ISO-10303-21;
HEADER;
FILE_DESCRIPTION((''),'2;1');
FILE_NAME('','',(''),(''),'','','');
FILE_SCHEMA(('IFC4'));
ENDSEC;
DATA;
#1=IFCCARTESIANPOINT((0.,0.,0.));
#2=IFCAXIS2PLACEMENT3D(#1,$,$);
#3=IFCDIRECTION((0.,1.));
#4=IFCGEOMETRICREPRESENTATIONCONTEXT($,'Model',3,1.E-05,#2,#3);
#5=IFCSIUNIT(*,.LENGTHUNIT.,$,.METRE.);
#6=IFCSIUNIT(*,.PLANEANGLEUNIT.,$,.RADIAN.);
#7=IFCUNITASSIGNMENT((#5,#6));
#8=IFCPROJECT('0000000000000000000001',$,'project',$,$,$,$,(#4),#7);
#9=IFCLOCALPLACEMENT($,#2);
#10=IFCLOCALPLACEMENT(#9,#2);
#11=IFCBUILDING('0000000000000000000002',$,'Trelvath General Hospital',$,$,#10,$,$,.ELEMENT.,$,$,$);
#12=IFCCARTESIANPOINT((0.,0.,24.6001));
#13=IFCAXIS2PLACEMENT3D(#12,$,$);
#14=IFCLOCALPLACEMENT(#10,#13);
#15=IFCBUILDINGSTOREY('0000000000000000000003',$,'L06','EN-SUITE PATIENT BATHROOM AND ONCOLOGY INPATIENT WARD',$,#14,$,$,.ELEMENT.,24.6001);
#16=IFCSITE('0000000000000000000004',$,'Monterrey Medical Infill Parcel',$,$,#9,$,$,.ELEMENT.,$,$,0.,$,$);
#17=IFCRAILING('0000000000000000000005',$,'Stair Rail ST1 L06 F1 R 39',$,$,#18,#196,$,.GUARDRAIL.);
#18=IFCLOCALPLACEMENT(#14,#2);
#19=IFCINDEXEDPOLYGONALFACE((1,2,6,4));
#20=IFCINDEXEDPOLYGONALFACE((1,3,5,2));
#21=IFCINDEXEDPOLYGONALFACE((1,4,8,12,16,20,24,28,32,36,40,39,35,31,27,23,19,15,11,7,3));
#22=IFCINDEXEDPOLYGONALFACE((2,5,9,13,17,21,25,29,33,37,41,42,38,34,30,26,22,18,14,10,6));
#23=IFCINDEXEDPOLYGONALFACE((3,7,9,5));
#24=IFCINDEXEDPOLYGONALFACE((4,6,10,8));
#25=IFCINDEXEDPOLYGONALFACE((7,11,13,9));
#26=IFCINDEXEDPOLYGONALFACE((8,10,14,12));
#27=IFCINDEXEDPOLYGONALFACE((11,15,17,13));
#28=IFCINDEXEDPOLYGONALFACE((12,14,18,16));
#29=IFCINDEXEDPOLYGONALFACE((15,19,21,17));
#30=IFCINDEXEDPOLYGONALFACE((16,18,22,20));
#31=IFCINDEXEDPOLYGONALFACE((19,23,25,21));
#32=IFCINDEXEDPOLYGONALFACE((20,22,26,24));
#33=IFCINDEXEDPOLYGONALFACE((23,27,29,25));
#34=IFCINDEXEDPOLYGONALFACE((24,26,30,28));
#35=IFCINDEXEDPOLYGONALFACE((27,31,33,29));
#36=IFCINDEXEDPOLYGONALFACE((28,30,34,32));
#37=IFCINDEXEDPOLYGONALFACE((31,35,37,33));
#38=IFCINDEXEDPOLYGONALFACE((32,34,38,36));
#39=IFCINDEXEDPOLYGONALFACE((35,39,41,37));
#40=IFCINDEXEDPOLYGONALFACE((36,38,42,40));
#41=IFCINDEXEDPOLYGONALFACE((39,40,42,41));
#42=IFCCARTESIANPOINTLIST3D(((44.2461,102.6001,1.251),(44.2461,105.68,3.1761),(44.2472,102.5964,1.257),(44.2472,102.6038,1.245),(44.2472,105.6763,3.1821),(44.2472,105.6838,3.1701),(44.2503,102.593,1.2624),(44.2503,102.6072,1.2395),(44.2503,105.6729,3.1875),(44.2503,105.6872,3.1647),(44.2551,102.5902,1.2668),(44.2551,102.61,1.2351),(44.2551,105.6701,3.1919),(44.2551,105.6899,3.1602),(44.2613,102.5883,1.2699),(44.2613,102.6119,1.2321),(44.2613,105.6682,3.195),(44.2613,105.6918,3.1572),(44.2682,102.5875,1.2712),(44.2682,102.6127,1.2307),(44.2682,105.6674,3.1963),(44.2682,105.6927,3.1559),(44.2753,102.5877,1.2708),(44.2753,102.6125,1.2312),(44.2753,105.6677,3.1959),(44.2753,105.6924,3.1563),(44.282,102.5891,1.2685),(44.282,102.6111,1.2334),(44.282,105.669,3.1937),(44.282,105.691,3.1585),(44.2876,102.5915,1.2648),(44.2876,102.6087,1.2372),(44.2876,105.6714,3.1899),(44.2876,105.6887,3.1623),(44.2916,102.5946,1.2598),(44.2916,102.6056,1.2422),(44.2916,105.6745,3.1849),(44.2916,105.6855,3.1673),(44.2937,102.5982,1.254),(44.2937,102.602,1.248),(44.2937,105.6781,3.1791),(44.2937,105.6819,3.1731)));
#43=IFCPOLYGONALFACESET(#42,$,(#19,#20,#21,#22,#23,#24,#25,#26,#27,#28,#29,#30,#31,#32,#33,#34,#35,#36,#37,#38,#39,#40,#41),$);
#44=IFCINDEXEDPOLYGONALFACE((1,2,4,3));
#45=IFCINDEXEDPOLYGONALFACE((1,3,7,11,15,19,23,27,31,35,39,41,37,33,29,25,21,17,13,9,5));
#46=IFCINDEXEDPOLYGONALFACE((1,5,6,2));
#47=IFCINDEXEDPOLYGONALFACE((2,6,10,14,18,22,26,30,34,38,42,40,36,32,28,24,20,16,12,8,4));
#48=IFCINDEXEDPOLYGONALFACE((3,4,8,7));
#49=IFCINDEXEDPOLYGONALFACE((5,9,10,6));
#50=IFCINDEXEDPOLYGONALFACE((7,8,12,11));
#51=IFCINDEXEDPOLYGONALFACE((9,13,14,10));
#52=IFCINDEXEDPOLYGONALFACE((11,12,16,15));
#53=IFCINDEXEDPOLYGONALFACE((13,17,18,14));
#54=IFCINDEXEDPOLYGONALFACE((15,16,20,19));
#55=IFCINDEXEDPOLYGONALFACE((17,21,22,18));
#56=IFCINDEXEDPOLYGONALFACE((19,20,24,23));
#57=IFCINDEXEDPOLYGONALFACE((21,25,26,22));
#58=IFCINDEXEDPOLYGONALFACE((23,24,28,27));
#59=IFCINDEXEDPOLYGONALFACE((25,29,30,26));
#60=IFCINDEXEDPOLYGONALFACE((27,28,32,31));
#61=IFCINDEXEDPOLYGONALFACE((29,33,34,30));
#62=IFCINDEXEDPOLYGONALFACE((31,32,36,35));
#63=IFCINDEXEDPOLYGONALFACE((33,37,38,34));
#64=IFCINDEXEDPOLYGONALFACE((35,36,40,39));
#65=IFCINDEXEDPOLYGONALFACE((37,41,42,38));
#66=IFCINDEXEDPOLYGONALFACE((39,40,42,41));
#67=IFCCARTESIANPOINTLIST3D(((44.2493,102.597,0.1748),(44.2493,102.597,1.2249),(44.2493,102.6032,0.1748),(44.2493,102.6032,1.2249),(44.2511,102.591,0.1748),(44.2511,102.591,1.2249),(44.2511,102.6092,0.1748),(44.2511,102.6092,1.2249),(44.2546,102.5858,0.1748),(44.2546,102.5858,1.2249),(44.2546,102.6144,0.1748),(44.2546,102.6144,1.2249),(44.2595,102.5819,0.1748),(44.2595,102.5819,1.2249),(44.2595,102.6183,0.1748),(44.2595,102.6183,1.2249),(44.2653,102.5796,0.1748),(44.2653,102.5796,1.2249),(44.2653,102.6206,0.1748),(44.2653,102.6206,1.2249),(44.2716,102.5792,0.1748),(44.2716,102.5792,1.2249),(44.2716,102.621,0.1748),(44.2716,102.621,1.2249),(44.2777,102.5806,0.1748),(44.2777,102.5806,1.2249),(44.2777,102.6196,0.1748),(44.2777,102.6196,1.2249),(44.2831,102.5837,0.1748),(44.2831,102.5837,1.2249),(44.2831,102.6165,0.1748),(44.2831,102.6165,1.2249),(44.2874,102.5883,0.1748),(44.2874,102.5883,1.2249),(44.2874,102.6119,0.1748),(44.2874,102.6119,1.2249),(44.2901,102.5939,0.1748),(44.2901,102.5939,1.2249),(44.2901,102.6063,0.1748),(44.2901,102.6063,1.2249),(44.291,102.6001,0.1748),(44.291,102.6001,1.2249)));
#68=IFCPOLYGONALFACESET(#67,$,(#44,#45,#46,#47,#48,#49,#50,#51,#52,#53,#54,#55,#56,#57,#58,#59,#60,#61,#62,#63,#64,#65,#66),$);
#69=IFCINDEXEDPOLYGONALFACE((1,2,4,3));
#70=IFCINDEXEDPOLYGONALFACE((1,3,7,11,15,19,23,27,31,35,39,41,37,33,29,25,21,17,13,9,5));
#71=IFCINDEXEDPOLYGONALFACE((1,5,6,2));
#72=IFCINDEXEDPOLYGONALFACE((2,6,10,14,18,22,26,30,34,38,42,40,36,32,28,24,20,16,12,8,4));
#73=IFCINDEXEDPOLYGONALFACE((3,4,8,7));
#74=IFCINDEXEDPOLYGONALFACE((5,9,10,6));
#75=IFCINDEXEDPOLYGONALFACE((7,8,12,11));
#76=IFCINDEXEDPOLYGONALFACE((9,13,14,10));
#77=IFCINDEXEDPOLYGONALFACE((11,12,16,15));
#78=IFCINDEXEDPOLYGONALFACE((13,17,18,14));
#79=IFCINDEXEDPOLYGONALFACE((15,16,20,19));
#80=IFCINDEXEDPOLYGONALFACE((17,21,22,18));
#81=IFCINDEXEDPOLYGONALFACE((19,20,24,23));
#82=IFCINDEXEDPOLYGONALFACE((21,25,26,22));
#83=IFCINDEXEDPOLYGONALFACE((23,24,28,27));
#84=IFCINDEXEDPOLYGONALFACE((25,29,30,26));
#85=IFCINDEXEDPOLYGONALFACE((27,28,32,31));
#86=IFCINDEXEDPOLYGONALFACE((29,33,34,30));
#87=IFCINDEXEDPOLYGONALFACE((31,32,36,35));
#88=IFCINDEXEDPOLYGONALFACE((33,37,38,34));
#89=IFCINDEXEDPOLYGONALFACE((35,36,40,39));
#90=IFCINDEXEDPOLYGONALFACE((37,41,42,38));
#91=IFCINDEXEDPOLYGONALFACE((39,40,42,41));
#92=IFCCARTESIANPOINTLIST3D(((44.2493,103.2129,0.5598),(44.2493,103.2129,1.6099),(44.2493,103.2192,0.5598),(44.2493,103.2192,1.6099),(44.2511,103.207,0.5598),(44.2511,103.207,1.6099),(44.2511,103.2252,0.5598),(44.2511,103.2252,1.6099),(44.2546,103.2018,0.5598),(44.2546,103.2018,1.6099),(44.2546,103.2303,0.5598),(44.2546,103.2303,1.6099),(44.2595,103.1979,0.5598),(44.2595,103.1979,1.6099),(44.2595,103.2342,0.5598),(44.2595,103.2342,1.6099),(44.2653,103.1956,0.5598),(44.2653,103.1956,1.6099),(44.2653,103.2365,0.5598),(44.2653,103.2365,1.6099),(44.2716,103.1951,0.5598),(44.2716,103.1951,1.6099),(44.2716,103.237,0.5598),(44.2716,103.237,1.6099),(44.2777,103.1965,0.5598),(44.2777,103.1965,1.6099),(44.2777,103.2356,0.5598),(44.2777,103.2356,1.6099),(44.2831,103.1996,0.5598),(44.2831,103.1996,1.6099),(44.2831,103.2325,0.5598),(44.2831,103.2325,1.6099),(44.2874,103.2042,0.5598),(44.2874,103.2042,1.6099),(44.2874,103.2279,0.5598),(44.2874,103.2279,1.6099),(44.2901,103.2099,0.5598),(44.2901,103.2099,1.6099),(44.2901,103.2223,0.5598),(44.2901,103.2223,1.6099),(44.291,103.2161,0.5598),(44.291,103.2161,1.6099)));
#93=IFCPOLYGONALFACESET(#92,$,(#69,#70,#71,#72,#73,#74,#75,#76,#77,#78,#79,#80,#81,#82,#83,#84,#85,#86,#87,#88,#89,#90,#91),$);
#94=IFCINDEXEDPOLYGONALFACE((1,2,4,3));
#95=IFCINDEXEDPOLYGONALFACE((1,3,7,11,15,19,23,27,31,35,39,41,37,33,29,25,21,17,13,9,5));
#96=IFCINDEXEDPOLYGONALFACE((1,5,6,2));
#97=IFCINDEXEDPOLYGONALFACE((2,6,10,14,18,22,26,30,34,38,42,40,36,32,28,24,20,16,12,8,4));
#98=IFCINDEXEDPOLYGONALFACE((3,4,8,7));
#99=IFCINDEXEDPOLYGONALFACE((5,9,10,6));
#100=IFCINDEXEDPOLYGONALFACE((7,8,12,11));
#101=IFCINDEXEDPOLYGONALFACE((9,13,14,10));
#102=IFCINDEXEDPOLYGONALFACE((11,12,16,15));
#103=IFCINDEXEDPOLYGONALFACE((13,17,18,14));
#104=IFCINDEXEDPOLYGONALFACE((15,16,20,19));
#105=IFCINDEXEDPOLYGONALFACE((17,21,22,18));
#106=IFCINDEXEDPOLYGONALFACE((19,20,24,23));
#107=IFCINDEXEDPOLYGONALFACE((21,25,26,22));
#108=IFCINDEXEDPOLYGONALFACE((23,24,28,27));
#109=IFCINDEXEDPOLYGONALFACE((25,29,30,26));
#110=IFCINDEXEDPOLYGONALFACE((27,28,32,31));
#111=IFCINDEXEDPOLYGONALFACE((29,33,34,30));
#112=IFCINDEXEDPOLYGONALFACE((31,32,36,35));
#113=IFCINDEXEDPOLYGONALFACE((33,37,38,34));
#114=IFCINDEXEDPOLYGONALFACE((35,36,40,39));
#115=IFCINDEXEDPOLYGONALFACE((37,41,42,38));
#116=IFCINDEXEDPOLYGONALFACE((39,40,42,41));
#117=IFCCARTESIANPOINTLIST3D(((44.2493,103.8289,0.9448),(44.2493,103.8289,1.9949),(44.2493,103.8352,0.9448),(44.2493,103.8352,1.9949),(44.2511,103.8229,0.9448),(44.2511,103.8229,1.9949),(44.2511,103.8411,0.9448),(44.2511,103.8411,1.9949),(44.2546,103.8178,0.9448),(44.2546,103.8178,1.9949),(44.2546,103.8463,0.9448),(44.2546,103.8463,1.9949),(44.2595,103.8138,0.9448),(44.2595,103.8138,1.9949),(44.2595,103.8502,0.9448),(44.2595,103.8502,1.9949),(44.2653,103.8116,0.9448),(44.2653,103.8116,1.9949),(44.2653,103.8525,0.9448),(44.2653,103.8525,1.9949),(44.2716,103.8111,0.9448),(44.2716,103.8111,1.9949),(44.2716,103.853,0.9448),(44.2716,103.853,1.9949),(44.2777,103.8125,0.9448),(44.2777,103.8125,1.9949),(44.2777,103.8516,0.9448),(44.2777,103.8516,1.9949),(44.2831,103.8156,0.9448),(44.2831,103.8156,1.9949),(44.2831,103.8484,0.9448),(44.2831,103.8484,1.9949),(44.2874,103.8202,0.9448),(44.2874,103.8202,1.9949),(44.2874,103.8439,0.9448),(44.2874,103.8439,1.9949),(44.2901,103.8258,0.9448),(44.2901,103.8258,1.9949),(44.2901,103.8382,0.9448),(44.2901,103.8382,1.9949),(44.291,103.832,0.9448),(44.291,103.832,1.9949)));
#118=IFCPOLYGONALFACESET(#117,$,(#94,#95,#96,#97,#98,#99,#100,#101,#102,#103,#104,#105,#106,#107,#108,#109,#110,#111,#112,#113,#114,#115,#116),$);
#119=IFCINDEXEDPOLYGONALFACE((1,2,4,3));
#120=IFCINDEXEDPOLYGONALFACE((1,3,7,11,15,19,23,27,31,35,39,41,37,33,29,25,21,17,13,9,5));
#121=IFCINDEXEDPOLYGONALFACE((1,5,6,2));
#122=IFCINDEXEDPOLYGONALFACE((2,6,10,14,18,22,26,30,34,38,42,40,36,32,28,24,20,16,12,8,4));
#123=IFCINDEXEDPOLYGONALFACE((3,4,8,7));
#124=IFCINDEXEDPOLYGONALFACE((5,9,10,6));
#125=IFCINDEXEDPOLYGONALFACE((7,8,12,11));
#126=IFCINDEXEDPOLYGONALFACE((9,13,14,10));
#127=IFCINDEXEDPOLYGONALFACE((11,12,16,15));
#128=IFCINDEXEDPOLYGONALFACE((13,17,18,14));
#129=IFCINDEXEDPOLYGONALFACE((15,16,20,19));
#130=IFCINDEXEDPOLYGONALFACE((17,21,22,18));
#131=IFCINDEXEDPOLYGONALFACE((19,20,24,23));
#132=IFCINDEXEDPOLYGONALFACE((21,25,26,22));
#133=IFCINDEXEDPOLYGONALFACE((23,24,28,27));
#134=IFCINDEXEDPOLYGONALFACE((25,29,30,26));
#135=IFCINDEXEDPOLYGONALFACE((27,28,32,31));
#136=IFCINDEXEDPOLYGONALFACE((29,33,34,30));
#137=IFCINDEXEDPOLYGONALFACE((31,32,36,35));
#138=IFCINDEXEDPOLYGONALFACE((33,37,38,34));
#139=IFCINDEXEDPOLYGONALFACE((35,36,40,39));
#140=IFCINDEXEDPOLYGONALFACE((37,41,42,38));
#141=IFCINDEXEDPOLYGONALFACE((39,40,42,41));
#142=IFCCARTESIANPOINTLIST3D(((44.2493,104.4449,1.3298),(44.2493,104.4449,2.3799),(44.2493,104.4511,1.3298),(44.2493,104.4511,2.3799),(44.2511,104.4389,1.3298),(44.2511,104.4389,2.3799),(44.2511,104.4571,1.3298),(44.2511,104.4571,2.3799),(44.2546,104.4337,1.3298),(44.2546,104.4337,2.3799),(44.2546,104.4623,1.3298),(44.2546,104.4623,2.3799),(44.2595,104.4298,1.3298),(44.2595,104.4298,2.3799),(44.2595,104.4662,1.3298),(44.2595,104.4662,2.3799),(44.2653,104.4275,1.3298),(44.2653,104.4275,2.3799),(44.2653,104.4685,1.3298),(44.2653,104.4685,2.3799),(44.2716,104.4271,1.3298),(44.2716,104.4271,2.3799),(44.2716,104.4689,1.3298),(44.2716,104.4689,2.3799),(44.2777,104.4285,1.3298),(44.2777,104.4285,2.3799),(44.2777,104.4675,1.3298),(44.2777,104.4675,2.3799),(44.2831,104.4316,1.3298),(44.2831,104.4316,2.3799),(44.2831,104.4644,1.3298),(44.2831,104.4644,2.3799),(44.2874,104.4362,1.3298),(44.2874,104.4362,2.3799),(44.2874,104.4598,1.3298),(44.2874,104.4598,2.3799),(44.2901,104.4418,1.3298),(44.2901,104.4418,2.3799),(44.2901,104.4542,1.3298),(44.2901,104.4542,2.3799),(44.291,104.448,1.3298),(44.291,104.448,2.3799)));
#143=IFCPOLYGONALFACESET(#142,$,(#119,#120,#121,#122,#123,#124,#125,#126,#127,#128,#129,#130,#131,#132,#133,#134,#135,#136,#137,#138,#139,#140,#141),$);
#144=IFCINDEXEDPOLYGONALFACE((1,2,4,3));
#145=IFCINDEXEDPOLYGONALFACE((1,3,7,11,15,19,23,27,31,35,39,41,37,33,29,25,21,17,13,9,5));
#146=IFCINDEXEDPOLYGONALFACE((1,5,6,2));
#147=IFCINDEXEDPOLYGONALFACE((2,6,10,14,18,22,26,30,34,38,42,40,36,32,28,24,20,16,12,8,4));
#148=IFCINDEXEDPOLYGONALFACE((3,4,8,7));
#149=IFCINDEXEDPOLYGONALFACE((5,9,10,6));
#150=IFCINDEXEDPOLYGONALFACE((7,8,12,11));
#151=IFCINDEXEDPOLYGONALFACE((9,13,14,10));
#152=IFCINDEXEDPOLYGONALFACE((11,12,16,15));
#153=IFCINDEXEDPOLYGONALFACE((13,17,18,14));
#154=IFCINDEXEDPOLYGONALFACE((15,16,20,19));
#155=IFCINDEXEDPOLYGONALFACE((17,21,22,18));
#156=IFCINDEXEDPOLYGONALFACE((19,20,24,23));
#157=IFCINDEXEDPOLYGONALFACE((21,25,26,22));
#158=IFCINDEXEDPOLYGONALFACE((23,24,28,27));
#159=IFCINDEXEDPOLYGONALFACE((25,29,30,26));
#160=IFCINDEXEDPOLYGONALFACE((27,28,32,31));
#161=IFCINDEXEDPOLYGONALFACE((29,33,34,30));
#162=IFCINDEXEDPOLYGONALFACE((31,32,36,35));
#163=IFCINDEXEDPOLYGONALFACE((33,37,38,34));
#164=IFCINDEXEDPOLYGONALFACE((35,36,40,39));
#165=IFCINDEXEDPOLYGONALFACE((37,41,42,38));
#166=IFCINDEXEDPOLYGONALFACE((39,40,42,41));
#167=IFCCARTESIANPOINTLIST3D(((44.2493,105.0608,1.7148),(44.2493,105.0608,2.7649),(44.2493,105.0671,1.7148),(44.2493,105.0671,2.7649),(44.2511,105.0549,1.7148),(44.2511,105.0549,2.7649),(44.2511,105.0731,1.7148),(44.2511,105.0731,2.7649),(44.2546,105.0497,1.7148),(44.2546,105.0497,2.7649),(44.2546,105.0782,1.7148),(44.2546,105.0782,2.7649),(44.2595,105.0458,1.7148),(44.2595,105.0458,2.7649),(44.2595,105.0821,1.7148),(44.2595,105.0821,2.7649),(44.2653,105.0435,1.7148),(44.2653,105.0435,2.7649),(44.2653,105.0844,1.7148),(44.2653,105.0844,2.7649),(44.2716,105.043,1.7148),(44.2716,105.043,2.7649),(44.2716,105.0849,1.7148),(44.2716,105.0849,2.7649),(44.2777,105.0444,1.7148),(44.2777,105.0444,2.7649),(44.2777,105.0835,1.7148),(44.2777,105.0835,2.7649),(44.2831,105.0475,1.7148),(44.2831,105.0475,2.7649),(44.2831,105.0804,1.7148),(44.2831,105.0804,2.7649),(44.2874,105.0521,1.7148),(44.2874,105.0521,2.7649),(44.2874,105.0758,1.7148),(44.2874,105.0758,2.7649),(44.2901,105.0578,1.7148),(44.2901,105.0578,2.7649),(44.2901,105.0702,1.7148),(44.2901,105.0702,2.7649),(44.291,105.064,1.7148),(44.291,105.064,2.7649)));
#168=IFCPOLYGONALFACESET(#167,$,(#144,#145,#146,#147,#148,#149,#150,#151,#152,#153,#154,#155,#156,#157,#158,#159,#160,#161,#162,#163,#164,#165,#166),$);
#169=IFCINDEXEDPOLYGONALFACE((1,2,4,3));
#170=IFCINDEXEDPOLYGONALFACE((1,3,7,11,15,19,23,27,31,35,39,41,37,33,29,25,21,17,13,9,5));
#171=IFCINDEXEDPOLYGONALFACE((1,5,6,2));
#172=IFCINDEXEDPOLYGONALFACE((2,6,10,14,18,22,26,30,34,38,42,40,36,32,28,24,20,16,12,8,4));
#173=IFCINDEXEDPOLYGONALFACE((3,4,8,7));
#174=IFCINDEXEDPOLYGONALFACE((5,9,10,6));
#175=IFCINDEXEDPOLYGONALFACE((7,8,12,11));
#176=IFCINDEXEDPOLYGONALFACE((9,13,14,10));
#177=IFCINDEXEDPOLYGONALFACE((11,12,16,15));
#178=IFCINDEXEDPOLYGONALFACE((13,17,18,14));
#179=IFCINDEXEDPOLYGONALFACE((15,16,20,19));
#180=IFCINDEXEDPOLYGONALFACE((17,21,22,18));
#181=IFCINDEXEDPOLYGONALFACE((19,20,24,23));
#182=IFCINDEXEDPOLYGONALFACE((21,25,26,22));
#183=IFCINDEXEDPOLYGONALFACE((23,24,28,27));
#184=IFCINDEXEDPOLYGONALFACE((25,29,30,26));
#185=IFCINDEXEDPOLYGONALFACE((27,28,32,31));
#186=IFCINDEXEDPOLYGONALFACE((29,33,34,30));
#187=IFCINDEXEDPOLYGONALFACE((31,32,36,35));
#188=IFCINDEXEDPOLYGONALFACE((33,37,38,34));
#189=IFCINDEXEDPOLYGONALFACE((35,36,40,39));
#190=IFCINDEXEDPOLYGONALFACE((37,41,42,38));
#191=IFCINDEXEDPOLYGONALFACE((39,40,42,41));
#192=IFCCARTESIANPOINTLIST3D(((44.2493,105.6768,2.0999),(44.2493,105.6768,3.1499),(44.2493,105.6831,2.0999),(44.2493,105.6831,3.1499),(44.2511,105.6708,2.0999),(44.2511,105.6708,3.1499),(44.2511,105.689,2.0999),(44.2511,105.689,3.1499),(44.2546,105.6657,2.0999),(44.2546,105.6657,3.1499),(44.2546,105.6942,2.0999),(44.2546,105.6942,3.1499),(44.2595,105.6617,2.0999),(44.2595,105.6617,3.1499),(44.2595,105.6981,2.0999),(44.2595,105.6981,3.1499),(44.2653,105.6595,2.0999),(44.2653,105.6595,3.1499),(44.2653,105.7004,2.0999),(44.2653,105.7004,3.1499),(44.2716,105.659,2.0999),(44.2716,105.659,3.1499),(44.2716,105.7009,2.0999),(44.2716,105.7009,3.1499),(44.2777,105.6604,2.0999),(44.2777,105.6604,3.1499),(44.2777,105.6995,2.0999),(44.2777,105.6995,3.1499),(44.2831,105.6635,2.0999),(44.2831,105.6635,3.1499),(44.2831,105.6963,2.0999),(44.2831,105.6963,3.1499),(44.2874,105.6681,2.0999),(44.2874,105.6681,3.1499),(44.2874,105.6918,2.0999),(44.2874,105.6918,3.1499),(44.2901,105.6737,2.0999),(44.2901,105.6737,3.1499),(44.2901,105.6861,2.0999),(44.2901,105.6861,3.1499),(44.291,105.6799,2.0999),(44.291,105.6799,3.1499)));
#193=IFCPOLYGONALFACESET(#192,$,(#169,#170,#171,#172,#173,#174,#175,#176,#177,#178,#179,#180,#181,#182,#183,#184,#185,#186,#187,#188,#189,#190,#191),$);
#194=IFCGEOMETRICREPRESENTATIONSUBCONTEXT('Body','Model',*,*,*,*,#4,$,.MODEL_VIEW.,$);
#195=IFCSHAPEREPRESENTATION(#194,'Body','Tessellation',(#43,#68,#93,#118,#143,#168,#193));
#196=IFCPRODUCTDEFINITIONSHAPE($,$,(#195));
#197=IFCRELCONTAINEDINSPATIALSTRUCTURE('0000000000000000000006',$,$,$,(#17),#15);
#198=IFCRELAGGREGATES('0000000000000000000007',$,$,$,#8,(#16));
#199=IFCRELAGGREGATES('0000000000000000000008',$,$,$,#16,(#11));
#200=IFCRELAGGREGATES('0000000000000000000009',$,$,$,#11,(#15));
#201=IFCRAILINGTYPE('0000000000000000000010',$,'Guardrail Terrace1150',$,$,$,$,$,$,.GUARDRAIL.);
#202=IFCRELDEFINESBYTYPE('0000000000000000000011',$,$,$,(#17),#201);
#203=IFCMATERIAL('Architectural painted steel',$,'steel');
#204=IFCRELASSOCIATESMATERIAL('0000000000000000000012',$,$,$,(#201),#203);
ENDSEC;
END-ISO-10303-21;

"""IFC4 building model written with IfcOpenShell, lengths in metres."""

from ifc_helpers import new_model, si_unit, direction, frame, origin, origin_2d, place, context, subcontext, project, spatial, circle, extrude, material, type_object, element, save


model = new_model("IFC4")

# Units and contexts
model_context = context("Model", 3, precision=1e-05, world=origin(), true_north=direction((0.0, 1.0)))
body_context = subcontext(model_context, "Body", "Model", "MODEL_VIEW")
ifc_project = project(units=[si_unit("LENGTHUNIT", "METRE"), si_unit("PLANEANGLEUNIT", "RADIAN")], contexts=[model_context])

# Site, building, storey
site_placement = place(None, origin())
site = spatial("IfcSite", under=ifc_project, at=site_placement, Name="Monterrey Medical Infill Parcel", CompositionType="ELEMENT", RefElevation=0.0)
building_placement = place(site_placement, origin())
building = spatial("IfcBuilding", under=site, at=building_placement, Name="Trelvath General Hospital", CompositionType="ELEMENT")
storey_placement = place(building_placement, frame((0.0, 0.0, 24.6001)))
storey = spatial("IfcBuildingStorey", under=building, at=storey_placement, Name="L06", Description="EN-SUITE PATIENT BATHROOM AND ONCOLOGY INPATIENT WARD", CompositionType="ELEMENT", Elevation=24.6001)

# Railing
ifc_material_1 = material(Name="Architectural painted steel", Category="steel")
railing_type_1 = type_object("IfcRailingType", Name="Guardrail Terrace1150", PredefinedType="GUARDRAIL", material=ifc_material_1)
railing_1_placement = place(storey_placement, frame((44.27, 102.6001, 0.1748)))
element("IfcRailing", 1, at=railing_1_placement, inside=storey, type_object=railing_type_1, Name="Stair Rail ST1 L06 F1 R 39", PredefinedType="GUARDRAIL", context=body_context, shape_type="SweptSolid", body=[
    extrude(circle(Radius=0.0239, at=origin_2d()), frame((0.0, 0.0, 1.0762), z_axis=(0.0, 0.847979, 0.530029), x_axis=(-1.0, 0.0, 0.0)), (0.0, 0.0, 1.0), 3.6321),
    extrude(circle(Radius=0.021, at=origin_2d()), origin(), (0.0, 0.0, 1.0), 1.05),
    extrude(circle(Radius=0.021, at=origin_2d()), frame((0.0, 0.616, 0.385)), (0.0, 0.0, 1.0), 1.05),
    extrude(circle(Radius=0.021, at=origin_2d()), frame((0.0, 1.2319, 0.77)), (0.0, 0.0, 1.0), 1.05),
    extrude(circle(Radius=0.021, at=origin_2d()), frame((0.0, 1.8479, 1.155)), (0.0, 0.0, 1.0), 1.05),
    extrude(circle(Radius=0.021, at=origin_2d()), frame((0.0, 2.4639, 1.54)), (0.0, 0.0, 1.0), 1.05),
    extrude(circle(Radius=0.021, at=origin_2d()), frame((0.0, 3.0798, 1.925)), (0.0, 0.0, 1.0), 1.05),
])

save(model, "model.ifc")
